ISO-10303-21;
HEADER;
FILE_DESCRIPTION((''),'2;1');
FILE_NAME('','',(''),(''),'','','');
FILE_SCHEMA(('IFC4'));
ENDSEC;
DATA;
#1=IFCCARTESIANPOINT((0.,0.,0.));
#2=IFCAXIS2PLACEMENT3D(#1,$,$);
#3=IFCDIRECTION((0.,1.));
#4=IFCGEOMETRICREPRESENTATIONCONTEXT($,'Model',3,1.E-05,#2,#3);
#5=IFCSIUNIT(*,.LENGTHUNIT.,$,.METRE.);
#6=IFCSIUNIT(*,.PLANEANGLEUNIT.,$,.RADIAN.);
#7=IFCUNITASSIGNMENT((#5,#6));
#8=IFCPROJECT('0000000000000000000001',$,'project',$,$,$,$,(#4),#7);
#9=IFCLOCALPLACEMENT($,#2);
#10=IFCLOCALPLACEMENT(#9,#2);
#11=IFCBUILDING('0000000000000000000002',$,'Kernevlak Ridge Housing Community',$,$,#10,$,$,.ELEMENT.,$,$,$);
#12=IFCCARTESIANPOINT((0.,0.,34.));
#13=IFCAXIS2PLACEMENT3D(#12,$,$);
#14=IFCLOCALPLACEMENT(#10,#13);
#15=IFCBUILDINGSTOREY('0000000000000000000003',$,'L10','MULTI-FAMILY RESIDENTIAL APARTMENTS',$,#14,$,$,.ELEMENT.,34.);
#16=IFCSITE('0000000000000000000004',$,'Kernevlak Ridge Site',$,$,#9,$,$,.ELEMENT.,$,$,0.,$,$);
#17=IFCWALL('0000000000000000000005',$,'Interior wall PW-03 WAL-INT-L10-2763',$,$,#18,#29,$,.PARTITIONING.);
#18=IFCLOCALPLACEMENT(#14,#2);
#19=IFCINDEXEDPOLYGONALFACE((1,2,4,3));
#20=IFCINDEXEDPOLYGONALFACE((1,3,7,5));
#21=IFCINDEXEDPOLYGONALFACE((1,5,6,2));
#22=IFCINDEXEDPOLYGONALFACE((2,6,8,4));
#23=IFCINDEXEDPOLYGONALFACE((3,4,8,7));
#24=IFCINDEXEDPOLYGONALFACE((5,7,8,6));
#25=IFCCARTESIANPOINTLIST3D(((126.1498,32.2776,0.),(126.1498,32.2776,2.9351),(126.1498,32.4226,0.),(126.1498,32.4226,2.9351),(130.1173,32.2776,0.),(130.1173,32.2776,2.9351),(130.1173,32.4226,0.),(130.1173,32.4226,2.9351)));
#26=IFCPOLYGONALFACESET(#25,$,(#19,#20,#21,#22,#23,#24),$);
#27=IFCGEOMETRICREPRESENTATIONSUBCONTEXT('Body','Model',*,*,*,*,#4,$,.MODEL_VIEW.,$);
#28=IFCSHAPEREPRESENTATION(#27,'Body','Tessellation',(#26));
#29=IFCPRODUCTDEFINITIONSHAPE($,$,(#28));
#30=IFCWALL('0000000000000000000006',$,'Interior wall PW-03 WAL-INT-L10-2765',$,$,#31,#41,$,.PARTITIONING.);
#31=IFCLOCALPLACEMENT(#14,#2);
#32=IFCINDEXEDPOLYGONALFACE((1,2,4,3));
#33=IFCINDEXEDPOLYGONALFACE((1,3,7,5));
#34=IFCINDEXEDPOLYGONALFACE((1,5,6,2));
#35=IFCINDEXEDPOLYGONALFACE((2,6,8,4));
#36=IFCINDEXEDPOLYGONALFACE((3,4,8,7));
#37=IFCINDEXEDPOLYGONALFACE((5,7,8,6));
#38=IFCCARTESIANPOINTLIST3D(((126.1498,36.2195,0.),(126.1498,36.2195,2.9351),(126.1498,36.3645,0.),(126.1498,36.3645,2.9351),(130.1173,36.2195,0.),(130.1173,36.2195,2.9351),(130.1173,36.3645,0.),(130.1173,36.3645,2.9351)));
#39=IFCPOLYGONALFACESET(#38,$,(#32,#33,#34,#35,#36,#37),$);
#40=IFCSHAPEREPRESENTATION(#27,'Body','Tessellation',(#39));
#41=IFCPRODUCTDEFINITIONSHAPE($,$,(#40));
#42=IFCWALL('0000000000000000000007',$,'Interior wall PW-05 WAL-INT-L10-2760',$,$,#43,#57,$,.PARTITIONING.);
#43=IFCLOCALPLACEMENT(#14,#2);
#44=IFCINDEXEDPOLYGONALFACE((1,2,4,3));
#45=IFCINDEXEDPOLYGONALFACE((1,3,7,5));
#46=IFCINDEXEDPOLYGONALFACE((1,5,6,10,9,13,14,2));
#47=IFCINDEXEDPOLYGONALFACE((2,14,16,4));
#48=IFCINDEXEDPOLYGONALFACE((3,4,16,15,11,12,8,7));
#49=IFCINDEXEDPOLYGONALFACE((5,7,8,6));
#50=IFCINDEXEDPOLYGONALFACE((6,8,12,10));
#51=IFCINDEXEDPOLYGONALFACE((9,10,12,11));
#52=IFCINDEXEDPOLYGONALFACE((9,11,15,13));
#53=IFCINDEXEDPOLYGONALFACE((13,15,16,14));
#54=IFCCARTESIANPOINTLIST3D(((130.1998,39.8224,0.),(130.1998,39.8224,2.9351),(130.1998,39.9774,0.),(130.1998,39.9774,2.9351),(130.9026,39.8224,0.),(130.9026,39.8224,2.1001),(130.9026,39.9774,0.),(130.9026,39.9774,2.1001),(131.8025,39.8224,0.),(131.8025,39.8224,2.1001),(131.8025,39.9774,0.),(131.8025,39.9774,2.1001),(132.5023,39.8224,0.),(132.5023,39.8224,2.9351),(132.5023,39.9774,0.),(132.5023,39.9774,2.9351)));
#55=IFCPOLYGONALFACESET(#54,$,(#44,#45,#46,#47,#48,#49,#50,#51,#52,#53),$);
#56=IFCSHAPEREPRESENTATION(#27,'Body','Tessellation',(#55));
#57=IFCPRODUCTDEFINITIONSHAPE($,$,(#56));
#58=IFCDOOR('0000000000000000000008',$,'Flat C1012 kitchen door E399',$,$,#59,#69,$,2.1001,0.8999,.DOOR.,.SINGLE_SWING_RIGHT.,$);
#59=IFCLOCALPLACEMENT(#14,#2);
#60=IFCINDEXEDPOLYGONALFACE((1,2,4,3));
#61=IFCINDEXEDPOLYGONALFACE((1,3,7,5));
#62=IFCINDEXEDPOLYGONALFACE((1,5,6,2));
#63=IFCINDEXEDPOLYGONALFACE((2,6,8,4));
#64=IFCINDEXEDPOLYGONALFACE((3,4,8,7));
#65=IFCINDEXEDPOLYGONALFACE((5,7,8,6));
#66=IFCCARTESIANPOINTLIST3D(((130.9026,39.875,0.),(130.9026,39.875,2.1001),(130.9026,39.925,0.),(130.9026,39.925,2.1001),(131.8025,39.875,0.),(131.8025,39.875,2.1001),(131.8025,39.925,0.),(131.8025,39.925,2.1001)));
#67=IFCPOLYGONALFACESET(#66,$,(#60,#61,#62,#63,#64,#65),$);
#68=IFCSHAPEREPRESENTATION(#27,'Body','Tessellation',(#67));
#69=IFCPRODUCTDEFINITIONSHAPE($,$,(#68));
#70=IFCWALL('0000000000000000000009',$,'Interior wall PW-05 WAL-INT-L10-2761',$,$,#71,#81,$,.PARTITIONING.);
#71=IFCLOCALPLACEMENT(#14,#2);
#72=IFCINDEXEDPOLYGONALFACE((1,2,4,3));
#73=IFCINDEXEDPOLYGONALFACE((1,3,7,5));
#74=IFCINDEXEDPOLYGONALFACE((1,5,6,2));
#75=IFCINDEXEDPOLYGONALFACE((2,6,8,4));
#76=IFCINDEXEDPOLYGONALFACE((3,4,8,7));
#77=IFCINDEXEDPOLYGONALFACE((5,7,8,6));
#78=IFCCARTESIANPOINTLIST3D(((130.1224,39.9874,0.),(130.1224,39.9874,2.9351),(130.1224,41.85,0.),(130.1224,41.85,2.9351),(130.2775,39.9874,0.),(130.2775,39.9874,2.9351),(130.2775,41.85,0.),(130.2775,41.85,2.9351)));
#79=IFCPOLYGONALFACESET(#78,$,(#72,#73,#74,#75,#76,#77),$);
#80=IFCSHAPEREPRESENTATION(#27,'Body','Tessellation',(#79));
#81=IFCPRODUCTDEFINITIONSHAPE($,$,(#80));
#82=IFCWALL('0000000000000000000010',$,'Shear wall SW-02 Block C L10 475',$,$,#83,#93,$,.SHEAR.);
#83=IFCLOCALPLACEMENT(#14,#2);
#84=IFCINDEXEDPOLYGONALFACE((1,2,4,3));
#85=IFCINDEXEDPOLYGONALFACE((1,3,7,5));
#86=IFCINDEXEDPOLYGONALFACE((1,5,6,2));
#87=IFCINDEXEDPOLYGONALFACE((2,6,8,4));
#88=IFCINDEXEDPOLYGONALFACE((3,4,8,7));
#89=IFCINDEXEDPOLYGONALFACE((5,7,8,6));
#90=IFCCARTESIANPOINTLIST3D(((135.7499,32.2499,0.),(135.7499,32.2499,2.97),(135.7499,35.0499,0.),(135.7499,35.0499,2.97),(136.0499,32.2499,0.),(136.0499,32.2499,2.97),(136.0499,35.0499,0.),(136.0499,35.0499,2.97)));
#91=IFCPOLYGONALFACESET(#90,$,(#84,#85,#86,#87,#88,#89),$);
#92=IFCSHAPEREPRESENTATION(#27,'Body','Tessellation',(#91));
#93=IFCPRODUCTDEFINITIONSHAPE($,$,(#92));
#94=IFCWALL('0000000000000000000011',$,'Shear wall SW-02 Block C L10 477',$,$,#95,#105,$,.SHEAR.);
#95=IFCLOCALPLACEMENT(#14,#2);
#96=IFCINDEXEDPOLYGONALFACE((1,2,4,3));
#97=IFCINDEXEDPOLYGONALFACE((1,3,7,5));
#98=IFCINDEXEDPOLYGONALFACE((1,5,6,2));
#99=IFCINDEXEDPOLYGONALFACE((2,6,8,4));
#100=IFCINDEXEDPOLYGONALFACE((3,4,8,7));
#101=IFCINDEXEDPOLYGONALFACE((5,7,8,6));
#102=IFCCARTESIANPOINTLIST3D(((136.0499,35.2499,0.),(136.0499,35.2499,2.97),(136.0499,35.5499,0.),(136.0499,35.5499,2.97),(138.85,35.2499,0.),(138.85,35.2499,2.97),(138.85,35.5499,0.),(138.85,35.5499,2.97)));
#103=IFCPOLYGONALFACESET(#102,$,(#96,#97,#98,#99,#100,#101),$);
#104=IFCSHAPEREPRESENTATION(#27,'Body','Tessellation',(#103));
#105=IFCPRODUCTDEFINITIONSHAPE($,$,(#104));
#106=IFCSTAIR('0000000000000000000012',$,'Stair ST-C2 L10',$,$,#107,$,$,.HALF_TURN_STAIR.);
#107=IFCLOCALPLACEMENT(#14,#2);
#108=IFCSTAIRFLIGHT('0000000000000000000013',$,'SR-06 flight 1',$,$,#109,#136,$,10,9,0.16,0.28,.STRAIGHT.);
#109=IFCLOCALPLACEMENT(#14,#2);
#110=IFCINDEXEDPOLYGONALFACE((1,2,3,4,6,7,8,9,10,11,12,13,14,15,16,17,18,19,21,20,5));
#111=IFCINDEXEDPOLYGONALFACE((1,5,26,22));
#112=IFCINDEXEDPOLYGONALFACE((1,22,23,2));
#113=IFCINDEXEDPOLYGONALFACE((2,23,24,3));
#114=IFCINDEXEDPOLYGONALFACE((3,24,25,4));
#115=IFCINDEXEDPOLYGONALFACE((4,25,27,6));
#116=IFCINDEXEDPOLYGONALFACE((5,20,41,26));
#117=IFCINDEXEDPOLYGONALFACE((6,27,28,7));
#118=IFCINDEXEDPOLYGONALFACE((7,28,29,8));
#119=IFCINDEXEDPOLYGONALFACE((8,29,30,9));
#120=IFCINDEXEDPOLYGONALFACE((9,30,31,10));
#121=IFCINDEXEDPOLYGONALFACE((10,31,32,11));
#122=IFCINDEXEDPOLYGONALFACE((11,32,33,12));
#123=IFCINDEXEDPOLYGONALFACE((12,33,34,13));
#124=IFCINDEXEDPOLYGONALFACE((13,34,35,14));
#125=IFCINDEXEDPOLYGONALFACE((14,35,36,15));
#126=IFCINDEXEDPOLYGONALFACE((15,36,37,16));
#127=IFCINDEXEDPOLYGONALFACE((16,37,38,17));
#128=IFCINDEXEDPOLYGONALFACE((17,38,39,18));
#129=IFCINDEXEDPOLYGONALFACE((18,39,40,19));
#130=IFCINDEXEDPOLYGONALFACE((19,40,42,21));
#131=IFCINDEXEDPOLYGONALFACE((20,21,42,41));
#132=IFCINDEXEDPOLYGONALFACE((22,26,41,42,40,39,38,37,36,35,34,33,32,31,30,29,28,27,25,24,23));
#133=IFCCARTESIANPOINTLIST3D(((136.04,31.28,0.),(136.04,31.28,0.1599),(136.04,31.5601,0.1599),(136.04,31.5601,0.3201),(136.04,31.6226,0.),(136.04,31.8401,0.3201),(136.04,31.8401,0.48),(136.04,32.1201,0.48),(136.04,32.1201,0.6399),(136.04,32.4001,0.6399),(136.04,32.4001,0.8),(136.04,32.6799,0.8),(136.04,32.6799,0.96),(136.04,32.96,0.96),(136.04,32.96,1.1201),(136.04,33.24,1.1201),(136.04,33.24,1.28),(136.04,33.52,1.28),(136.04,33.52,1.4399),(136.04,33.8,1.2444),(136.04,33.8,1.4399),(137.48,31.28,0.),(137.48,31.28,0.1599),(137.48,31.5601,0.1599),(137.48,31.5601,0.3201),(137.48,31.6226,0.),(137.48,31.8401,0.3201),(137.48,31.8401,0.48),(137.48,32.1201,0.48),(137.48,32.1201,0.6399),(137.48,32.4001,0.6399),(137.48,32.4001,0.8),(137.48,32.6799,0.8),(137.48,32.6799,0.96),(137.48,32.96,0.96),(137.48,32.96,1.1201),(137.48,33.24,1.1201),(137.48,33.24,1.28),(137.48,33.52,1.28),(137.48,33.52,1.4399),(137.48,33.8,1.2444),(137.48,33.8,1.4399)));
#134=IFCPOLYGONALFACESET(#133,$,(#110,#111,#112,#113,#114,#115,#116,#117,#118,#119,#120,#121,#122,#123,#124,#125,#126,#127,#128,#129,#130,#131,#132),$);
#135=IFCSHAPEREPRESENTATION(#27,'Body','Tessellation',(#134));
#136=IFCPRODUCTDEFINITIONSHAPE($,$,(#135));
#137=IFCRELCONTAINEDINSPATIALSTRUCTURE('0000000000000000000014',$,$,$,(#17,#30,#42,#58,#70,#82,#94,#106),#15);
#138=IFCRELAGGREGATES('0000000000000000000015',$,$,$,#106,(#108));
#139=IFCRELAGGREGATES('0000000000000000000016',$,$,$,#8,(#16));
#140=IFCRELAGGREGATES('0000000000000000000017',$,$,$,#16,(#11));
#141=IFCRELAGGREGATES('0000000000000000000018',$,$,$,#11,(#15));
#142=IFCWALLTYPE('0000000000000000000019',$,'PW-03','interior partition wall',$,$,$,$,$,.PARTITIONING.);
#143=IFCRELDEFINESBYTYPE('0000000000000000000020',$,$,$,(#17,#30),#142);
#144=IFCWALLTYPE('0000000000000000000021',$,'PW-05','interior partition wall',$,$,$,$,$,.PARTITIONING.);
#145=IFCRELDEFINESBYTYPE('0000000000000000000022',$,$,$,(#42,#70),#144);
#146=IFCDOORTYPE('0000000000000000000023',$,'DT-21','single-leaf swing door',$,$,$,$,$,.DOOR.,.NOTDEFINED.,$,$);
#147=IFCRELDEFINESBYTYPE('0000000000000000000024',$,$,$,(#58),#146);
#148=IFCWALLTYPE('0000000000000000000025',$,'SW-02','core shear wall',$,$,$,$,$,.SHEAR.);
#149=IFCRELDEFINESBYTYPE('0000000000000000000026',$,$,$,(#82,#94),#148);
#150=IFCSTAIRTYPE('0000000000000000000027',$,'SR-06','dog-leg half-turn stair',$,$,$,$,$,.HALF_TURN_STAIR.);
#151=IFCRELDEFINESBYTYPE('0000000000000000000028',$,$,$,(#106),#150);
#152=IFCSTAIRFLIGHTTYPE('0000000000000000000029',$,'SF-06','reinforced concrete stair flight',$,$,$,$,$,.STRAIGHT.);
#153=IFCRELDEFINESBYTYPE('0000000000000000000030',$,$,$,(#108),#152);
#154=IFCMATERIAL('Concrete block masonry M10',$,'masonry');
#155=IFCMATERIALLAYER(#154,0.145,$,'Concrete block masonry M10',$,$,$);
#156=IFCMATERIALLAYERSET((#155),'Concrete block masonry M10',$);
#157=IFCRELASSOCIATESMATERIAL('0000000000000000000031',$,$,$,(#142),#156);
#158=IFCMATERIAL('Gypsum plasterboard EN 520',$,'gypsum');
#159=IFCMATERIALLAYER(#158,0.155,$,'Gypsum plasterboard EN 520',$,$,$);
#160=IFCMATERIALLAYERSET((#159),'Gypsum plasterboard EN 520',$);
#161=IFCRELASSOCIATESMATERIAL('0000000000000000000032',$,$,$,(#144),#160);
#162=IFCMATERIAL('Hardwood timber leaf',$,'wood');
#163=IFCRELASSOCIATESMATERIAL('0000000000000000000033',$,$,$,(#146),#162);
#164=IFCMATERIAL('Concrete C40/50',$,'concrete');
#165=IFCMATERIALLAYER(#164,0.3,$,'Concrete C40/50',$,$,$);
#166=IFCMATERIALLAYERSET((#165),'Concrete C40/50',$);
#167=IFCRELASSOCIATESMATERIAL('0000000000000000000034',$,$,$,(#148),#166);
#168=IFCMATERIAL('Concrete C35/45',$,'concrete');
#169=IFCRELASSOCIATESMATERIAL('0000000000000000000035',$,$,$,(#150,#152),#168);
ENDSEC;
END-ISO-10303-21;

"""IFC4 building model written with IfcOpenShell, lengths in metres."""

from ifc_helpers import new_model, si_unit, direction, frame, frame_2d, origin, place, context, subcontext, project, spatial, polyline, rectangle, outline, extrude, material, layer, layer_set, type_object, element, fill, aggregate, save


model = new_model("IFC4")

# Units and contexts
model_context = context("Model", 3, precision=1e-05, world=origin(), true_north=direction((0.0, 1.0)))
body_context = subcontext(model_context, "Body", "Model", "MODEL_VIEW")
ifc_project = project(units=[si_unit("LENGTHUNIT", "METRE"), si_unit("PLANEANGLEUNIT", "RADIAN")], contexts=[model_context])

# Site, building, storey
site_placement = place(None, origin())
site = spatial("IfcSite", under=ifc_project, at=site_placement, Name="Kernevlak Ridge Site", CompositionType="ELEMENT", RefElevation=0.0)
building_placement = place(site_placement, origin())
building = spatial("IfcBuilding", under=site, at=building_placement, Name="Kernevlak Ridge Housing Community", CompositionType="ELEMENT")
storey_placement = place(building_placement, frame((0.0, 0.0, 34.0)))
storey = spatial("IfcBuildingStorey", under=building, at=storey_placement, Name="L10", Description="MULTI-FAMILY RESIDENTIAL APARTMENTS", CompositionType="ELEMENT", Elevation=34.0)

# Shared definitions
ifc_material_1 = material(Name="Concrete C35/45", Category="concrete")

# Shared definitions
ifc_material_2 = material(Name="Concrete block masonry M10", Category="masonry")

# Shared definitions
ifc_layer_1 = layer(ifc_material_2, 0.145, Name="Concrete block masonry M10")
ifc_layer_set_1 = layer_set([ifc_layer_1], Name="Concrete block masonry M10")
wall_type_1 = type_object("IfcWallType", Name="PW-03", Description="interior partition wall", PredefinedType="PARTITIONING", material=ifc_layer_set_1)
ifc_material_3 = material(Name="Hardwood timber leaf", Category="wood")

# Wall
wall_1_placement = place(storey_placement, frame((130.1174, 32.3501, 0.0), z_axis=(0.0, 0.0, 1.0), x_axis=(-1.0, 0.0, 0.0)))
element("IfcWall", 1, at=wall_1_placement, inside=storey, type_object=wall_type_1, Name="Interior wall PW-03 WAL-INT-L10-2763", PredefinedType="PARTITIONING", context=body_context, shape_type="SweptSolid", body=[
    extrude(rectangle(XDim=3.9675, YDim=0.145, at=frame_2d((1.9839, 0.0))), origin(), (0.0, 0.0, 1.0), 2.9351),
])

# Wall
wall_2_placement = place(storey_placement, frame((130.1174, 36.292, 0.0), z_axis=(0.0, 0.0, 1.0), x_axis=(-1.0, 0.0, 0.0)))
element("IfcWall", 2, at=wall_2_placement, inside=storey, type_object=wall_type_1, Name="Interior wall PW-03 WAL-INT-L10-2765", PredefinedType="PARTITIONING", context=body_context, shape_type="SweptSolid", body=[
    extrude(rectangle(XDim=3.9675, YDim=0.145, at=frame_2d((1.9839, 0.0))), origin(), (0.0, 0.0, 1.0), 2.9351),
])

# Wall, opening, door
ifc_material_4 = material(Name="Gypsum plasterboard EN 520", Category="gypsum")
ifc_layer_2 = layer(ifc_material_4, 0.155, Name="Gypsum plasterboard EN 520")
ifc_layer_set_2 = layer_set([ifc_layer_2], Name="Gypsum plasterboard EN 520")
wall_type_2 = type_object("IfcWallType", Name="PW-05", Description="interior partition wall", PredefinedType="PARTITIONING", material=ifc_layer_set_2)
wall_3_placement = place(storey_placement, frame((132.5024, 39.8999, 0.0), z_axis=(0.0, 0.0, 1.0), x_axis=(-1.0, 0.0, 0.0)))
wall_3 = element("IfcWall", 3, at=wall_3_placement, inside=storey, type_object=wall_type_2, Name="Interior wall PW-05 WAL-INT-L10-2760", PredefinedType="PARTITIONING", context=body_context, shape_type="SweptSolid", body=[
    extrude(rectangle(XDim=2.3025, YDim=0.155, at=frame_2d((1.1514, 0.0))), origin(), (0.0, 0.0, 1.0), 2.9351),
])
opening_1_placement = place(wall_3_placement, frame((0.7, 0.0, 0.0)))
opening_1 = element("IfcOpeningElement", 4, at=opening_1_placement, cuts=wall_3, PredefinedType="OPENING", context=body_context, shape_type="SweptSolid", body=[
    extrude(rectangle(XDim=0.8999, YDim=2.1001, at=frame_2d((0.45, 1.05))), frame((0.0, 0.0874, 0.0), z_axis=(0.0, -1.0, 0.0), x_axis=(1.0, 0.0, 0.0)), (0.0, 0.0, 1.0), 0.175),
])
door_type_1 = type_object("IfcDoorType", Name="DT-21", Description="single-leaf swing door", OperationType="NOTDEFINED", PredefinedType="DOOR", material=ifc_material_3)
door_1_placement = place(opening_1_placement, origin())
door_1 = element("IfcDoor", 5, at=door_1_placement, inside=storey, type_object=door_type_1, Name="Flat C1012 kitchen door E399", OperationType="SINGLE_SWING_RIGHT", OverallHeight=2.1001, OverallWidth=0.8999, PredefinedType="DOOR", context=body_context, shape_type="SweptSolid", body=[
    extrude(rectangle(XDim=0.8999, YDim=2.1001, at=frame_2d((0.45, 1.05))), frame((0.0, 0.0249, 0.0), z_axis=(0.0, -1.0, 0.0), x_axis=(1.0, 0.0, 0.0)), (0.0, 0.0, 1.0), 0.05),
])
fill(opening_1, door_1)

# Walls
wall_4_placement = place(storey_placement, frame((130.2, 39.9875, 0.0), z_axis=(0.0, 0.0, 1.0), x_axis=(0.0, 1.0, 0.0)))
element("IfcWall", 6, at=wall_4_placement, inside=storey, type_object=wall_type_2, Name="Interior wall PW-05 WAL-INT-L10-2761", PredefinedType="PARTITIONING", context=body_context, shape_type="SweptSolid", body=[
    extrude(rectangle(XDim=1.8625, YDim=0.155, at=frame_2d((0.9312, 0.0))), origin(), (0.0, 0.0, 1.0), 2.9351),
])
ifc_material_5 = material(Name="Concrete C40/50", Category="concrete")
ifc_layer_3 = layer(ifc_material_5, 0.3, Name="Concrete C40/50")
ifc_layer_set_3 = layer_set([ifc_layer_3], Name="Concrete C40/50")
wall_type_3 = type_object("IfcWallType", Name="SW-02", Description="core shear wall", PredefinedType="SHEAR", material=ifc_layer_set_3)
for number, where, z_axis, x_axis, name in (
    (7, (135.8999, 32.25, 0.0), (0.0, 0.0, 1.0), (0.0, 1.0, 0.0), "Shear wall SW-02 Block C L10 475"),
    (8, (136.05, 35.3999, 0.0), (0.0, 0.0, 1.0), (1.0, 0.0, 0.0), "Shear wall SW-02 Block C L10 477"),
):
    element("IfcWall", number, at=place(storey_placement, frame(where, z_axis=z_axis, x_axis=x_axis)), inside=storey, type_object=wall_type_3, Name=name, PredefinedType="SHEAR", context=body_context, shape_type="SweptSolid", body=[
        extrude(rectangle(XDim=2.8, YDim=0.3, at=frame_2d((1.3999, 0.0))), origin(), (0.0, 0.0, 1.0), 2.97),
    ])

# Stair, stair flight
stair_type = type_object("IfcStairType", Name="SR-06", Description="dog-leg half-turn stair", PredefinedType="HALF_TURN_STAIR", material=ifc_material_1)
stair_placement = place(storey_placement, origin())
stair = element("IfcStair", 9, at=stair_placement, inside=storey, type_object=stair_type, Name="Stair ST-C2 L10", PredefinedType="HALF_TURN_STAIR")
stair_flight_type = type_object("IfcStairFlightType", Name="SF-06", Description="reinforced concrete stair flight", PredefinedType="STRAIGHT", material=ifc_material_1)
stair_flight_placement = place(storey_placement, frame((136.76, 31.28, 0.0), z_axis=(0.0, 0.0, 1.0), x_axis=(0.0, 1.0, 0.0)))
stair_flight = element("IfcStairFlight", 10, at=stair_flight_placement, type_object=stair_flight_type, Name="SR-06 flight 1", NumberOfRisers=10, NumberOfTreads=9, PredefinedType="STRAIGHT", RiserHeight=0.16, TreadLength=0.28, context=body_context, shape_type="SweptSolid", body=[
    extrude(outline(polyline([(0.0, 0.0), (0.0, 0.1599), (0.28, 0.1599), (0.28, 0.3201), (0.5601, 0.3201), (0.5601, 0.48), (0.8401, 0.48), (0.8401, 0.6399), (1.1201, 0.6399), (1.1201, 0.8), (1.3999, 0.8), (1.3999, 0.96), (1.6799, 0.96), (1.6799, 1.1201), (1.96, 1.1201), (1.96, 1.28), (2.24, 1.28), (2.24, 1.4399), (2.52, 1.4399), (2.52, 1.6001), (2.52, 1.2444), (0.3425, 0.0), (0.0, 0.0)])), frame((0.0, 0.72, 0.0), z_axis=(0.0, -1.0, 0.0), x_axis=(1.0, 0.0, 0.0)), (0.0, 0.0, 1.0), 1.4399),
])
aggregate(stair, [stair_flight])

save(model, "model.ifc")
